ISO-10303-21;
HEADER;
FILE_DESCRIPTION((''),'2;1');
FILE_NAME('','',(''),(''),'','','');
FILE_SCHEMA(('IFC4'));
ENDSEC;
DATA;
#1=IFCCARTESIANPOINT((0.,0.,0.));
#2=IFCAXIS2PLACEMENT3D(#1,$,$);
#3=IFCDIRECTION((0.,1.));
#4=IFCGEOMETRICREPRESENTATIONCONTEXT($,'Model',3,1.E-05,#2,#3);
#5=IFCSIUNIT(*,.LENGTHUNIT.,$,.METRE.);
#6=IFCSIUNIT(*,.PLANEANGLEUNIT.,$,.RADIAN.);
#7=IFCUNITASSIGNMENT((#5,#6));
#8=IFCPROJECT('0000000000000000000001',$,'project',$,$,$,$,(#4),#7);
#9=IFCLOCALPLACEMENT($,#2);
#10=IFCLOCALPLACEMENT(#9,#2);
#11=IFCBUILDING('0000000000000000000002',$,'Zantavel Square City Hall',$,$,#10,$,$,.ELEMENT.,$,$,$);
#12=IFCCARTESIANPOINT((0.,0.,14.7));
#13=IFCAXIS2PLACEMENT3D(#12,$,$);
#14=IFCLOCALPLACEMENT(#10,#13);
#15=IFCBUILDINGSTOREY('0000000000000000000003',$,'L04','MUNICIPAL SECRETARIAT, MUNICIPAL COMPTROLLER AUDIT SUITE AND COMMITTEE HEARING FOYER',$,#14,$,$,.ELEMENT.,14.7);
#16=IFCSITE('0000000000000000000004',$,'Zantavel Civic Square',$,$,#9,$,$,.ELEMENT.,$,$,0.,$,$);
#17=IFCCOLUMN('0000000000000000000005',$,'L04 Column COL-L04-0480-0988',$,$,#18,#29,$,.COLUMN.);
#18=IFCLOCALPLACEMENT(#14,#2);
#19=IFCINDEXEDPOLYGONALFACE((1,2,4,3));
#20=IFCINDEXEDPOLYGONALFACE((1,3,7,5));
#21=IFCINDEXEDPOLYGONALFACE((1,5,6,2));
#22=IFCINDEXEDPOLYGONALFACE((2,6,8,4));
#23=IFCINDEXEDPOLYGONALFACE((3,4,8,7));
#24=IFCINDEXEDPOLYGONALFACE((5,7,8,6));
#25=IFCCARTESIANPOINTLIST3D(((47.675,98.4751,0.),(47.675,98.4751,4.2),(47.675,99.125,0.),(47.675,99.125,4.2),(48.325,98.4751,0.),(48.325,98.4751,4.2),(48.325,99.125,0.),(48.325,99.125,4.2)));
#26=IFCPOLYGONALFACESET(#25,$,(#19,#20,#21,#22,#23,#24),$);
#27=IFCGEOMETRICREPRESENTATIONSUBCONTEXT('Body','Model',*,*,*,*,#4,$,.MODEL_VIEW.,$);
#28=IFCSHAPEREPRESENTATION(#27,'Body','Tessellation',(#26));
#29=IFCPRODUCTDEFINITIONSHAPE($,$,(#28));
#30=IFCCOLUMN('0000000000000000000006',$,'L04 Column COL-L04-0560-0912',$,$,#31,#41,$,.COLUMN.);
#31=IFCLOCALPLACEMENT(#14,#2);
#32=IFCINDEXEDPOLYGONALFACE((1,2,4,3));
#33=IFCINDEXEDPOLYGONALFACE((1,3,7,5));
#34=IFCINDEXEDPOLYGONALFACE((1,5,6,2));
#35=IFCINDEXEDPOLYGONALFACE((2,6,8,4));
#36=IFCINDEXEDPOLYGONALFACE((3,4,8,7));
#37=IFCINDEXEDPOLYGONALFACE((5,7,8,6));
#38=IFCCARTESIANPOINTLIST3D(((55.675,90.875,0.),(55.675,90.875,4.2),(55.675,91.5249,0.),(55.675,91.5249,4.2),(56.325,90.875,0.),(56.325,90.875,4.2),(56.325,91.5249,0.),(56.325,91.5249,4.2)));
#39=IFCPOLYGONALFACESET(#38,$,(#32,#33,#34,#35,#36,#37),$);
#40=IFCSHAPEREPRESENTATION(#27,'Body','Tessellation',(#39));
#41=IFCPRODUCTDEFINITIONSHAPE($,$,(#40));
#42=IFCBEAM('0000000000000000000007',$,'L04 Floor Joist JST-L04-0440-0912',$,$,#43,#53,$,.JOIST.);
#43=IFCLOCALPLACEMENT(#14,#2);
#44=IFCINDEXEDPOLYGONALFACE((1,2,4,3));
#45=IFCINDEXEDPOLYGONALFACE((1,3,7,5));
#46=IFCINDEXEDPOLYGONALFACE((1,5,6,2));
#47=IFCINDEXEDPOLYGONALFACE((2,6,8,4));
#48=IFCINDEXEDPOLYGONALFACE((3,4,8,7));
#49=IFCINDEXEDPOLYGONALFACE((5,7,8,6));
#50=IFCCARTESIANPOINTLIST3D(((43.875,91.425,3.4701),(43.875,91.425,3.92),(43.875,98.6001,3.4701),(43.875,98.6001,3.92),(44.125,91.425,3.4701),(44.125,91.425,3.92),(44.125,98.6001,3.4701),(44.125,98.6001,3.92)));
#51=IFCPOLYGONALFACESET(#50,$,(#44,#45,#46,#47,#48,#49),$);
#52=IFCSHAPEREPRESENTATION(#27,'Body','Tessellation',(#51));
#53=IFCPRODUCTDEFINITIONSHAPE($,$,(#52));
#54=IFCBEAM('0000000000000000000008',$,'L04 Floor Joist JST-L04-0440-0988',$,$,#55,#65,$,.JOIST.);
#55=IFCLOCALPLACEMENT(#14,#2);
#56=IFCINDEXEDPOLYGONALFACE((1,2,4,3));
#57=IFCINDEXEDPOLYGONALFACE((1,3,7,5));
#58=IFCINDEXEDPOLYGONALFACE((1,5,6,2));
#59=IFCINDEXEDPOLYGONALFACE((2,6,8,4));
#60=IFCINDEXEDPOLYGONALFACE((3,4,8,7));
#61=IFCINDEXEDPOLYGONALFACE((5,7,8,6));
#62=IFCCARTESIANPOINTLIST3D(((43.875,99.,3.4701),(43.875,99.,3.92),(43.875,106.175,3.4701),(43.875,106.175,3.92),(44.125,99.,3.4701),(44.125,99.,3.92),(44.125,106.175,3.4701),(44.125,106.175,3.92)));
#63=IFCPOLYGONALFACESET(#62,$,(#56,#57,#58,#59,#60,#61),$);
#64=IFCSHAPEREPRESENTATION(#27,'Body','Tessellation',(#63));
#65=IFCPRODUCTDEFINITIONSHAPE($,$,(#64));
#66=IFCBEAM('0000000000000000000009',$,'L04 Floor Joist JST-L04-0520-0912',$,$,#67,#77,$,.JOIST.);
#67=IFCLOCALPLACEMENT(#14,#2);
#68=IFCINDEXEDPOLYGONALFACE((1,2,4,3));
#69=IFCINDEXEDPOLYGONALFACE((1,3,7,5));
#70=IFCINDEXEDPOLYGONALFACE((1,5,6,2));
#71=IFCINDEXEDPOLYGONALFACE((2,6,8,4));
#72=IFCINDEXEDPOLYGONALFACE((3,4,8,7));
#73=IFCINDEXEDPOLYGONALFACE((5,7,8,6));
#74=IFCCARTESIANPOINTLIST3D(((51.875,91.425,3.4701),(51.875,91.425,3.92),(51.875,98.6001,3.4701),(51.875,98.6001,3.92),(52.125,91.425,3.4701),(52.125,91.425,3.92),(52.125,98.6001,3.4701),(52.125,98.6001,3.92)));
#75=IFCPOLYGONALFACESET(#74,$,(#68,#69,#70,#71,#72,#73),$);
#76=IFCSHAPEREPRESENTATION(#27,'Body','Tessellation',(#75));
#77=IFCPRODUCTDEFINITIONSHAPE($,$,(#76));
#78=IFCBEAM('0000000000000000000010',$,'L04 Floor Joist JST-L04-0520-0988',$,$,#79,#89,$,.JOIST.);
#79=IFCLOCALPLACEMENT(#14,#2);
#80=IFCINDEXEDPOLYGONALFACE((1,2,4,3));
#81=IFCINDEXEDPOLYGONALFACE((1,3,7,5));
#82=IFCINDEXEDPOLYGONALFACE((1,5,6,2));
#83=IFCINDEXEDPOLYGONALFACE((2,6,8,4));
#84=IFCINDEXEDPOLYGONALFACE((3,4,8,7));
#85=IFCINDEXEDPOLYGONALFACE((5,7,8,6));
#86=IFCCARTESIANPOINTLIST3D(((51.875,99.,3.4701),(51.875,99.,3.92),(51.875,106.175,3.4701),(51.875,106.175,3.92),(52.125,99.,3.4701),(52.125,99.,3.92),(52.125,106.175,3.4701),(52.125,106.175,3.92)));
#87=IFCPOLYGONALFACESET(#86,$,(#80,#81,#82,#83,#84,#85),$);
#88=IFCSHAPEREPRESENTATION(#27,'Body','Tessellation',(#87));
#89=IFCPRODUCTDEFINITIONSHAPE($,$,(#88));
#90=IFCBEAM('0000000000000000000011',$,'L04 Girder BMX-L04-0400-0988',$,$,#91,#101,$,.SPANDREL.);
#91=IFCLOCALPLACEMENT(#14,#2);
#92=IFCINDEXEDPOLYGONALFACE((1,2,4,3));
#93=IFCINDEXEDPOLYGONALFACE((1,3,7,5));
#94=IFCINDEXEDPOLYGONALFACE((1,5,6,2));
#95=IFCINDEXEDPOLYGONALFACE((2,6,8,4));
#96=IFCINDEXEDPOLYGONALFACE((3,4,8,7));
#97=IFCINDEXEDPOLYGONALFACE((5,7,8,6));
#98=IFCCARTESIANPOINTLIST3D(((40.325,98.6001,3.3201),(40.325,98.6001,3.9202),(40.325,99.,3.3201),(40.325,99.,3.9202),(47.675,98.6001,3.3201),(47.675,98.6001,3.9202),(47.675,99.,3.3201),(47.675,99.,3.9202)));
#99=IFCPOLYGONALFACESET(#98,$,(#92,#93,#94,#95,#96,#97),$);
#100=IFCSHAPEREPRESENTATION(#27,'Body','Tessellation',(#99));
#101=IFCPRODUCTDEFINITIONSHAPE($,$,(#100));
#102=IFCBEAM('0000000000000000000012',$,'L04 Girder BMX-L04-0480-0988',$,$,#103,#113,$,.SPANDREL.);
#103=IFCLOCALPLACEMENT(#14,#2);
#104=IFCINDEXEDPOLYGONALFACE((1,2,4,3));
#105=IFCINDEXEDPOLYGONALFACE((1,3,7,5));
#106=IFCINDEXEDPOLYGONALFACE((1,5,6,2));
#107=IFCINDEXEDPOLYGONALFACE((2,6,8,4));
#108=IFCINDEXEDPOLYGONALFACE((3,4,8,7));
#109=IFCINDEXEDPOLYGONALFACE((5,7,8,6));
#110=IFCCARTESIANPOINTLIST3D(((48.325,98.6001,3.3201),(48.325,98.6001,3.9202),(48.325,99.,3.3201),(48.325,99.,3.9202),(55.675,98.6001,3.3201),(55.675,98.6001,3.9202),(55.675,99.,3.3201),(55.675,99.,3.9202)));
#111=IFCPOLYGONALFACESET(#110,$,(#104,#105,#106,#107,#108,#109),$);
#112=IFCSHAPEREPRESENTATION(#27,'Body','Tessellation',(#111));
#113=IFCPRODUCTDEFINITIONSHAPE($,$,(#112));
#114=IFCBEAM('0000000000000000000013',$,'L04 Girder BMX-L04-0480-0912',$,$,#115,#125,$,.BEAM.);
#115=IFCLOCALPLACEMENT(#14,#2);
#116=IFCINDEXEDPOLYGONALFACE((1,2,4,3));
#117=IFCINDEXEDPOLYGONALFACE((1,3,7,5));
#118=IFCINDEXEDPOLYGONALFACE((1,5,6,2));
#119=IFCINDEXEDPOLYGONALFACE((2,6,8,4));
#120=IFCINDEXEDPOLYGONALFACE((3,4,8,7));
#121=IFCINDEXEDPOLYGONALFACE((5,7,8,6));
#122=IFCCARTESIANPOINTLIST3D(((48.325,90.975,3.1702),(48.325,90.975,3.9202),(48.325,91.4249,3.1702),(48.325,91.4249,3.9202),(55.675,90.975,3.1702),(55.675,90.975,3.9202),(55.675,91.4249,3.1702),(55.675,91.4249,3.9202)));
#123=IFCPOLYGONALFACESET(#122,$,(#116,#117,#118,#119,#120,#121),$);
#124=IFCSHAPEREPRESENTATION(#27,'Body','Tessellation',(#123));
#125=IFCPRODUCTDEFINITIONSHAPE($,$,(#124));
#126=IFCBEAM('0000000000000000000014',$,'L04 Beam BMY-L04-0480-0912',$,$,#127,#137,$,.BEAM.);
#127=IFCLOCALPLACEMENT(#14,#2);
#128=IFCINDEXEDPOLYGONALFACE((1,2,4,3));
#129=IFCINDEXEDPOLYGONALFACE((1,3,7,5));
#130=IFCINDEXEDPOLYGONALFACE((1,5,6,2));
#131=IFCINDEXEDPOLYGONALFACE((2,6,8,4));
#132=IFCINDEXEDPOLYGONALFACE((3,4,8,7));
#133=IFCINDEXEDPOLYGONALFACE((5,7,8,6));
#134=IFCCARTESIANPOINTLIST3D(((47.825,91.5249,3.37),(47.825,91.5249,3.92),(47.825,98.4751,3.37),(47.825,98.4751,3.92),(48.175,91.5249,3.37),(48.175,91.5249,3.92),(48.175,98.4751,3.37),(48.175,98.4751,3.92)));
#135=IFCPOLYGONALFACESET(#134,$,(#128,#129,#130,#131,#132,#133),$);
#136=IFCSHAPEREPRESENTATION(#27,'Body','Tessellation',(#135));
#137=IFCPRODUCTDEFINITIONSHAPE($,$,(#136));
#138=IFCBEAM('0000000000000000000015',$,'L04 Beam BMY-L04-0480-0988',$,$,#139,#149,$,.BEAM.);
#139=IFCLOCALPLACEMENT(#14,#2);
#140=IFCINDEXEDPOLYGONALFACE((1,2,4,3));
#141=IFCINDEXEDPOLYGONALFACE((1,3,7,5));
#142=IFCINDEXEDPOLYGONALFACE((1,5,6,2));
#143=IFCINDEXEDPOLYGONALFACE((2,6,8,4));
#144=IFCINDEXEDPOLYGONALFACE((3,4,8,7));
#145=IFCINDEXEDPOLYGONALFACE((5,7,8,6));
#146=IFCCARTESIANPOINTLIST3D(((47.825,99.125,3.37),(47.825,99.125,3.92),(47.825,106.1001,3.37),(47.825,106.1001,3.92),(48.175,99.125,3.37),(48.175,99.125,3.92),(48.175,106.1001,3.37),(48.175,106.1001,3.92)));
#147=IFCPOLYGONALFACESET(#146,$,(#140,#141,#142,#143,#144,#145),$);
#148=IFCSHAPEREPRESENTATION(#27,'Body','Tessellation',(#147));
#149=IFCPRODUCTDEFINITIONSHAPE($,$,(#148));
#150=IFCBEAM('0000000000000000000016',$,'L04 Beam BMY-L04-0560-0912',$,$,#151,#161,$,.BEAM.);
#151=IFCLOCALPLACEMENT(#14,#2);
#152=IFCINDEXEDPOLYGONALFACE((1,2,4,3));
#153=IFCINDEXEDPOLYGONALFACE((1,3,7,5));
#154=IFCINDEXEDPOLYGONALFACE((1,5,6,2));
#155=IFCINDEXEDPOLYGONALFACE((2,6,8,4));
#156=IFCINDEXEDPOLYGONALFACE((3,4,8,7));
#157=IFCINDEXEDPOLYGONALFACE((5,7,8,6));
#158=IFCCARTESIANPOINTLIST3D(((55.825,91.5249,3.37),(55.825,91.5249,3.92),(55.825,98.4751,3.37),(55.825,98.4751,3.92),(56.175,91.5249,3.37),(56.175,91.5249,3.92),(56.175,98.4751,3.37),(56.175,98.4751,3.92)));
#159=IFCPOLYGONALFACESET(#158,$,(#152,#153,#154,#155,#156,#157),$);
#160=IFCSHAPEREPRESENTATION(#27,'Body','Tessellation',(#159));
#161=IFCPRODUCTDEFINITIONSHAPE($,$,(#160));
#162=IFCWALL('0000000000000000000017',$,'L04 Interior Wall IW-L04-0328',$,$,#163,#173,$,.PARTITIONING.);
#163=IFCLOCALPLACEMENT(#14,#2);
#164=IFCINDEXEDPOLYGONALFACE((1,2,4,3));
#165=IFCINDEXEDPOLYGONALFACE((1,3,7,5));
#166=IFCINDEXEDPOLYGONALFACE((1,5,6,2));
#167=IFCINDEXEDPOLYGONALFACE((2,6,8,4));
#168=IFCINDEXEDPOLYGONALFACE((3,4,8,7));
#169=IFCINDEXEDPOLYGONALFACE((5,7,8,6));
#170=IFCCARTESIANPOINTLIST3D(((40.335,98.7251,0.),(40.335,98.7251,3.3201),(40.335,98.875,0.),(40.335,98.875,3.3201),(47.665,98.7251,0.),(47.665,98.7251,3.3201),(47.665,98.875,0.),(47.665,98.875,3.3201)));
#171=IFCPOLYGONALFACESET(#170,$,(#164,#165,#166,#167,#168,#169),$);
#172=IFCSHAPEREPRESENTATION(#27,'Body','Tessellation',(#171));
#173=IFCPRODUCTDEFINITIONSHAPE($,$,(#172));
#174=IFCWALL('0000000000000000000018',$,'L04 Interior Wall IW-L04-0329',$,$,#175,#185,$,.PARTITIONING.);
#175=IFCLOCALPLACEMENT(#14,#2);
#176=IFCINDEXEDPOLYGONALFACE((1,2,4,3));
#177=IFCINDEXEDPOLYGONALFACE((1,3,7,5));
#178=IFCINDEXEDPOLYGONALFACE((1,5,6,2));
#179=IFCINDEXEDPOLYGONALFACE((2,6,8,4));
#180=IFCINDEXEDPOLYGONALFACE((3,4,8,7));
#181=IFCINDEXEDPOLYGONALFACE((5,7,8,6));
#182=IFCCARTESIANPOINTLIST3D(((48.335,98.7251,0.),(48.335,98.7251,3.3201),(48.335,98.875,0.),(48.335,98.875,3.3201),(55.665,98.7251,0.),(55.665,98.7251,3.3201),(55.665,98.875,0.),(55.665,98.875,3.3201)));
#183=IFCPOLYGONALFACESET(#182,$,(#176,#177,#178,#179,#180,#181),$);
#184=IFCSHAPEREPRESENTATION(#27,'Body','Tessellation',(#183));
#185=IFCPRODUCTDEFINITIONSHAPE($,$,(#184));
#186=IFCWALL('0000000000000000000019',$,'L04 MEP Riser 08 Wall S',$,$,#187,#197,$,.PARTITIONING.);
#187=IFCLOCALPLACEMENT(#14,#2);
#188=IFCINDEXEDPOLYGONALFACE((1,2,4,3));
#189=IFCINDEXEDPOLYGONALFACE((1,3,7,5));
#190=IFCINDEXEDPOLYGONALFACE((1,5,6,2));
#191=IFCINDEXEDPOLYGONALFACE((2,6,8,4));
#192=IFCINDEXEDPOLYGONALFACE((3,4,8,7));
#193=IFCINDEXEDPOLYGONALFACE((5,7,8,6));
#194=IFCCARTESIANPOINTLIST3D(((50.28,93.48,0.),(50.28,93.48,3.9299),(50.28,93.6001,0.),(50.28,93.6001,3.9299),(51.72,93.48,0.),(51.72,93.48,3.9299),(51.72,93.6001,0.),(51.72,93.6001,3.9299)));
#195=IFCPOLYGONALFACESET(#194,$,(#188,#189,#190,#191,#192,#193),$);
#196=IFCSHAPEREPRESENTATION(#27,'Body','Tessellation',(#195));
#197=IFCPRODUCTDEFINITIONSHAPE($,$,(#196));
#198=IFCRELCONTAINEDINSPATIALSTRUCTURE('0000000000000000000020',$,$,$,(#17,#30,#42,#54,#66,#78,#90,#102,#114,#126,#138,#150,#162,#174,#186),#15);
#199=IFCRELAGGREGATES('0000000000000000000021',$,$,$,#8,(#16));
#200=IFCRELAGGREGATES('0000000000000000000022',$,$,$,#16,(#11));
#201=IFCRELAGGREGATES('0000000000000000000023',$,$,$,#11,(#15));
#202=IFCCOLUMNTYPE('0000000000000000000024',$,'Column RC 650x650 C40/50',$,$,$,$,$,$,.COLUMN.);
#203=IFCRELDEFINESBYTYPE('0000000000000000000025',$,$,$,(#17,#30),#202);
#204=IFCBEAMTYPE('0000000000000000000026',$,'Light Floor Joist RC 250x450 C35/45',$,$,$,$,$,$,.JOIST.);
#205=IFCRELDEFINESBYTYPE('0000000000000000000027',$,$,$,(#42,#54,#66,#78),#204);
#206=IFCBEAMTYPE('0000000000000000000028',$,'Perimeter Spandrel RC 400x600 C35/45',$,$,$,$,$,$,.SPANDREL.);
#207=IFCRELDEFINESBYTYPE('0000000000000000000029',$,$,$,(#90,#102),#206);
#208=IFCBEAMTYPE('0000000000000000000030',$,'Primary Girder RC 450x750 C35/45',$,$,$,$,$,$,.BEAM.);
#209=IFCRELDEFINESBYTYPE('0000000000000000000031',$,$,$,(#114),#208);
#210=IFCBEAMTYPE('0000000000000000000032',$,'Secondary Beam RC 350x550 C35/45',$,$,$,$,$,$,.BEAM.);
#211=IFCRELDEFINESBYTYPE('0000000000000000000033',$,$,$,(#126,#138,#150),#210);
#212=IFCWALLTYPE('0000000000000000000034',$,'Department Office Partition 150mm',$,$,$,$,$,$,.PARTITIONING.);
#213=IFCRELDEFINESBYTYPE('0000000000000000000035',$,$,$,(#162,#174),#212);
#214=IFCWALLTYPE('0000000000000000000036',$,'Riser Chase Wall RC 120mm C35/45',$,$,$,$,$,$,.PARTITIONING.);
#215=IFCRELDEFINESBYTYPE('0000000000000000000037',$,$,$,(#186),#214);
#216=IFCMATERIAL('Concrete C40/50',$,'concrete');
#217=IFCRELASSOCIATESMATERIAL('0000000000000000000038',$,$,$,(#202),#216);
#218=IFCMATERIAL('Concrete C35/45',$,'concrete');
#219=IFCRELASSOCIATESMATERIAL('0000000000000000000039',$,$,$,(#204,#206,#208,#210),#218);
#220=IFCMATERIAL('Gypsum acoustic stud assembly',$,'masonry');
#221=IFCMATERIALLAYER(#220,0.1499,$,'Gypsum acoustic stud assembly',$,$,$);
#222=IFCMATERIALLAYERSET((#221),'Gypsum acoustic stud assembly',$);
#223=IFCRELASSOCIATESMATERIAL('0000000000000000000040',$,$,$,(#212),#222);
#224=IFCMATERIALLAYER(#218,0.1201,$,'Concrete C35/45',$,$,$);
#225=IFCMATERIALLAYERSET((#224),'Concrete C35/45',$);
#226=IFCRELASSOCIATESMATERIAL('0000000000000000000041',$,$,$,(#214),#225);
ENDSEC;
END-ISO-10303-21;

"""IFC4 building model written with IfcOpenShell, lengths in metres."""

from ifc_helpers import new_model, si_unit, direction, frame, frame_2d, origin, origin_2d, place, context, subcontext, project, spatial, rectangle, extrude, material, layer, layer_set, material_profile, profile_set, type_object, element, save


model = new_model("IFC4")

# Units and contexts
model_context = context("Model", 3, precision=1e-05, world=origin(), true_north=direction((0.0, 1.0)))
body_context = subcontext(model_context, "Body", "Model", "MODEL_VIEW")
ifc_project = project(units=[si_unit("LENGTHUNIT", "METRE"), si_unit("PLANEANGLEUNIT", "RADIAN")], contexts=[model_context])

# Site, building, storey
site_placement = place(None, origin())
site = spatial("IfcSite", under=ifc_project, at=site_placement, Name="Zantavel Civic Square", CompositionType="ELEMENT", RefElevation=0.0)
building_placement = place(site_placement, origin())
building = spatial("IfcBuilding", under=site, at=building_placement, Name="Zantavel Square City Hall", CompositionType="ELEMENT")
storey_placement = place(building_placement, frame((0.0, 0.0, 14.7)))
storey = spatial("IfcBuildingStorey", under=building, at=storey_placement, Name="L04", Description="MUNICIPAL SECRETARIAT, MUNICIPAL COMPTROLLER AUDIT SUITE AND COMMITTEE HEARING FOYER", CompositionType="ELEMENT", Elevation=14.7)

# Columns
ifc_material_1 = material(Name="Concrete C40/50", Category="concrete")
ifc_material_profile_1 = material_profile(ifc_material_1, rectangle(XDim=0.6499, YDim=0.6499, at=origin_2d()), Name="RC 650x650")
ifc_profile_set_1 = profile_set([ifc_material_profile_1], Name="Concrete C40/50")
column_type = type_object("IfcColumnType", Name="Column RC 650x650 C40/50", PredefinedType="COLUMN", material=ifc_profile_set_1)
for number, where, z_axis, x_axis, name in (
    (1, (48.0, 98.8, 0.0), (0.0, 0.0, 1.0), (1.0, 0.0, 0.0), "L04 Column COL-L04-0480-0988"),
    (2, (56.0, 91.2, 0.0), (0.0, 0.0, 1.0), (1.0, 0.0, 0.0), "L04 Column COL-L04-0560-0912"),
):
    element("IfcColumn", number, at=place(storey_placement, frame(where, z_axis=z_axis, x_axis=x_axis)), inside=storey, type_object=column_type, Name=name, PredefinedType="COLUMN", context=body_context, shape_type="SweptSolid", body=[
        extrude(rectangle(XDim=0.6499, YDim=0.6499, at=origin_2d()), origin(), (0.0, 0.0, 1.0), 4.2),
    ])

# Beams
ifc_material_2 = material(Name="Concrete C35/45", Category="concrete")
ifc_material_profile_2 = material_profile(ifc_material_2, rectangle(XDim=0.25, YDim=0.45, at=origin_2d()), Name="RC 250x450")
ifc_profile_set_2 = profile_set([ifc_material_profile_2], Name="Concrete C35/45")
beam_type_1 = type_object("IfcBeamType", Name="Light Floor Joist RC 250x450 C35/45", PredefinedType="JOIST", material=ifc_profile_set_2)
for number, where, z_axis, x_axis, name in (
    (3, (44.0, 91.425, 3.6951), (0.0, 1.0, 0.0), (-1.0, 0.0, 0.0), "L04 Floor Joist JST-L04-0440-0912"),
    (4, (44.0, 99.0, 3.6951), (0.0, 1.0, 0.0), (-1.0, 0.0, 0.0), "L04 Floor Joist JST-L04-0440-0988"),
    (5, (52.0, 91.425, 3.6951), (0.0, 1.0, 0.0), (-1.0, 0.0, 0.0), "L04 Floor Joist JST-L04-0520-0912"),
    (6, (52.0, 99.0, 3.6951), (0.0, 1.0, 0.0), (-1.0, 0.0, 0.0), "L04 Floor Joist JST-L04-0520-0988"),
):
    element("IfcBeam", number, at=place(storey_placement, frame(where, z_axis=z_axis, x_axis=x_axis)), inside=storey, type_object=beam_type_1, Name=name, PredefinedType="JOIST", context=body_context, shape_type="SweptSolid", body=[
        extrude(rectangle(XDim=0.25, YDim=0.45, at=origin_2d()), origin(), (0.0, 0.0, 1.0), 7.175),
    ])
ifc_material_profile_3 = material_profile(ifc_material_2, rectangle(XDim=0.3999, YDim=0.6001, at=origin_2d()), Name="RC 400x600")
ifc_profile_set_3 = profile_set([ifc_material_profile_3], Name="Concrete C35/45")
beam_type_2 = type_object("IfcBeamType", Name="Perimeter Spandrel RC 400x600 C35/45", PredefinedType="SPANDREL", material=ifc_profile_set_3)
for number, where, z_axis, x_axis, name in (
    (7, (40.325, 98.8, 3.6201), (1.0, 0.0, 0.0), (0.0, 1.0, 0.0), "L04 Girder BMX-L04-0400-0988"),
    (8, (48.325, 98.8, 3.6201), (1.0, 0.0, 0.0), (0.0, 1.0, 0.0), "L04 Girder BMX-L04-0480-0988"),
):
    element("IfcBeam", number, at=place(storey_placement, frame(where, z_axis=z_axis, x_axis=x_axis)), inside=storey, type_object=beam_type_2, Name=name, PredefinedType="SPANDREL", context=body_context, shape_type="SweptSolid", body=[
        extrude(rectangle(XDim=0.3999, YDim=0.6001, at=origin_2d()), origin(), (0.0, 0.0, 1.0), 7.3501),
    ])
ifc_material_profile_4 = material_profile(ifc_material_2, rectangle(XDim=0.45, YDim=0.75, at=origin_2d()), Name="RC 450x750")
ifc_profile_set_4 = profile_set([ifc_material_profile_4], Name="Concrete C35/45")
beam_type_3 = type_object("IfcBeamType", Name="Primary Girder RC 450x750 C35/45", PredefinedType="BEAM", material=ifc_profile_set_4)
beam_1_placement = place(storey_placement, frame((48.325, 91.2, 3.5452), z_axis=(1.0, 0.0, 0.0), x_axis=(0.0, 1.0, 0.0)))
element("IfcBeam", 9, at=beam_1_placement, inside=storey, type_object=beam_type_3, Name="L04 Girder BMX-L04-0480-0912", PredefinedType="BEAM", context=body_context, shape_type="SweptSolid", body=[
    extrude(rectangle(XDim=0.45, YDim=0.75, at=origin_2d()), origin(), (0.0, 0.0, 1.0), 7.3501),
])
ifc_material_profile_5 = material_profile(ifc_material_2, rectangle(XDim=0.3501, YDim=0.55, at=origin_2d()), Name="RC 350x550")
ifc_profile_set_5 = profile_set([ifc_material_profile_5], Name="Concrete C35/45")
beam_type_4 = type_object("IfcBeamType", Name="Secondary Beam RC 350x550 C35/45", PredefinedType="BEAM", material=ifc_profile_set_5)
beam_2_placement = place(storey_placement, frame((48.0, 91.5249, 3.645), z_axis=(0.0, 1.0, 0.0), x_axis=(-1.0, 0.0, 0.0)))
element("IfcBeam", 10, at=beam_2_placement, inside=storey, type_object=beam_type_4, Name="L04 Beam BMY-L04-0480-0912", PredefinedType="BEAM", context=body_context, shape_type="SweptSolid", body=[
    extrude(rectangle(XDim=0.3501, YDim=0.55, at=origin_2d()), origin(), (0.0, 0.0, 1.0), 6.9502),
])
beam_3_placement = place(storey_placement, frame((48.0, 99.125, 3.645), z_axis=(0.0, 1.0, 0.0), x_axis=(-1.0, 0.0, 0.0)))
element("IfcBeam", 11, at=beam_3_placement, inside=storey, type_object=beam_type_4, Name="L04 Beam BMY-L04-0480-0988", PredefinedType="BEAM", context=body_context, shape_type="SweptSolid", body=[
    extrude(rectangle(XDim=0.3501, YDim=0.55, at=origin_2d()), origin(), (0.0, 0.0, 1.0), 6.9751),
])
beam_4_placement = place(storey_placement, frame((56.0, 91.5249, 3.645), z_axis=(0.0, 1.0, 0.0), x_axis=(-1.0, 0.0, 0.0)))
element("IfcBeam", 12, at=beam_4_placement, inside=storey, type_object=beam_type_4, Name="L04 Beam BMY-L04-0560-0912", PredefinedType="BEAM", context=body_context, shape_type="SweptSolid", body=[
    extrude(rectangle(XDim=0.3501, YDim=0.55, at=origin_2d()), origin(), (0.0, 0.0, 1.0), 6.9502),
])

# Walls
ifc_material_3 = material(Name="Gypsum acoustic stud assembly", Category="masonry")
ifc_layer_1 = layer(ifc_material_3, 0.1499, Name="Gypsum acoustic stud assembly")
ifc_layer_set_1 = layer_set([ifc_layer_1], Name="Gypsum acoustic stud assembly")
wall_type_1 = type_object("IfcWallType", Name="Department Office Partition 150mm", PredefinedType="PARTITIONING", material=ifc_layer_set_1)
for number, where, z_axis, x_axis, name in (
    (13, (40.335, 98.8, 0.0), (0.0, 0.0, 1.0), (1.0, 0.0, 0.0), "L04 Interior Wall IW-L04-0328"),
    (14, (48.335, 98.8, 0.0), (0.0, 0.0, 1.0), (1.0, 0.0, 0.0), "L04 Interior Wall IW-L04-0329"),
):
    element("IfcWall", number, at=place(storey_placement, frame(where, z_axis=z_axis, x_axis=x_axis)), inside=storey, type_object=wall_type_1, Name=name, PredefinedType="PARTITIONING", context=body_context, shape_type="SweptSolid", body=[
        extrude(rectangle(XDim=7.3301, YDim=0.1499, at=frame_2d((3.665, 0.0))), origin(), (0.0, 0.0, 1.0), 3.3201),
    ])
ifc_layer_2 = layer(ifc_material_2, 0.1201, Name="Concrete C35/45")
ifc_layer_set_2 = layer_set([ifc_layer_2], Name="Concrete C35/45")
wall_type_2 = type_object("IfcWallType", Name="Riser Chase Wall RC 120mm C35/45", PredefinedType="PARTITIONING", material=ifc_layer_set_2)
wall_1_placement = place(storey_placement, frame((51.72, 93.54, 0.0), z_axis=(0.0, 0.0, 1.0), x_axis=(-1.0, 0.0, 0.0)))
element("IfcWall", 15, at=wall_1_placement, inside=storey, type_object=wall_type_2, Name="L04 MEP Riser 08 Wall S", PredefinedType="PARTITIONING", context=body_context, shape_type="SweptSolid", body=[
    extrude(rectangle(XDim=1.4399, YDim=0.1201, at=frame_2d((0.72, 0.0))), origin(), (0.0, 0.0, 1.0), 3.9299),
])

save(model, "model.ifc")
